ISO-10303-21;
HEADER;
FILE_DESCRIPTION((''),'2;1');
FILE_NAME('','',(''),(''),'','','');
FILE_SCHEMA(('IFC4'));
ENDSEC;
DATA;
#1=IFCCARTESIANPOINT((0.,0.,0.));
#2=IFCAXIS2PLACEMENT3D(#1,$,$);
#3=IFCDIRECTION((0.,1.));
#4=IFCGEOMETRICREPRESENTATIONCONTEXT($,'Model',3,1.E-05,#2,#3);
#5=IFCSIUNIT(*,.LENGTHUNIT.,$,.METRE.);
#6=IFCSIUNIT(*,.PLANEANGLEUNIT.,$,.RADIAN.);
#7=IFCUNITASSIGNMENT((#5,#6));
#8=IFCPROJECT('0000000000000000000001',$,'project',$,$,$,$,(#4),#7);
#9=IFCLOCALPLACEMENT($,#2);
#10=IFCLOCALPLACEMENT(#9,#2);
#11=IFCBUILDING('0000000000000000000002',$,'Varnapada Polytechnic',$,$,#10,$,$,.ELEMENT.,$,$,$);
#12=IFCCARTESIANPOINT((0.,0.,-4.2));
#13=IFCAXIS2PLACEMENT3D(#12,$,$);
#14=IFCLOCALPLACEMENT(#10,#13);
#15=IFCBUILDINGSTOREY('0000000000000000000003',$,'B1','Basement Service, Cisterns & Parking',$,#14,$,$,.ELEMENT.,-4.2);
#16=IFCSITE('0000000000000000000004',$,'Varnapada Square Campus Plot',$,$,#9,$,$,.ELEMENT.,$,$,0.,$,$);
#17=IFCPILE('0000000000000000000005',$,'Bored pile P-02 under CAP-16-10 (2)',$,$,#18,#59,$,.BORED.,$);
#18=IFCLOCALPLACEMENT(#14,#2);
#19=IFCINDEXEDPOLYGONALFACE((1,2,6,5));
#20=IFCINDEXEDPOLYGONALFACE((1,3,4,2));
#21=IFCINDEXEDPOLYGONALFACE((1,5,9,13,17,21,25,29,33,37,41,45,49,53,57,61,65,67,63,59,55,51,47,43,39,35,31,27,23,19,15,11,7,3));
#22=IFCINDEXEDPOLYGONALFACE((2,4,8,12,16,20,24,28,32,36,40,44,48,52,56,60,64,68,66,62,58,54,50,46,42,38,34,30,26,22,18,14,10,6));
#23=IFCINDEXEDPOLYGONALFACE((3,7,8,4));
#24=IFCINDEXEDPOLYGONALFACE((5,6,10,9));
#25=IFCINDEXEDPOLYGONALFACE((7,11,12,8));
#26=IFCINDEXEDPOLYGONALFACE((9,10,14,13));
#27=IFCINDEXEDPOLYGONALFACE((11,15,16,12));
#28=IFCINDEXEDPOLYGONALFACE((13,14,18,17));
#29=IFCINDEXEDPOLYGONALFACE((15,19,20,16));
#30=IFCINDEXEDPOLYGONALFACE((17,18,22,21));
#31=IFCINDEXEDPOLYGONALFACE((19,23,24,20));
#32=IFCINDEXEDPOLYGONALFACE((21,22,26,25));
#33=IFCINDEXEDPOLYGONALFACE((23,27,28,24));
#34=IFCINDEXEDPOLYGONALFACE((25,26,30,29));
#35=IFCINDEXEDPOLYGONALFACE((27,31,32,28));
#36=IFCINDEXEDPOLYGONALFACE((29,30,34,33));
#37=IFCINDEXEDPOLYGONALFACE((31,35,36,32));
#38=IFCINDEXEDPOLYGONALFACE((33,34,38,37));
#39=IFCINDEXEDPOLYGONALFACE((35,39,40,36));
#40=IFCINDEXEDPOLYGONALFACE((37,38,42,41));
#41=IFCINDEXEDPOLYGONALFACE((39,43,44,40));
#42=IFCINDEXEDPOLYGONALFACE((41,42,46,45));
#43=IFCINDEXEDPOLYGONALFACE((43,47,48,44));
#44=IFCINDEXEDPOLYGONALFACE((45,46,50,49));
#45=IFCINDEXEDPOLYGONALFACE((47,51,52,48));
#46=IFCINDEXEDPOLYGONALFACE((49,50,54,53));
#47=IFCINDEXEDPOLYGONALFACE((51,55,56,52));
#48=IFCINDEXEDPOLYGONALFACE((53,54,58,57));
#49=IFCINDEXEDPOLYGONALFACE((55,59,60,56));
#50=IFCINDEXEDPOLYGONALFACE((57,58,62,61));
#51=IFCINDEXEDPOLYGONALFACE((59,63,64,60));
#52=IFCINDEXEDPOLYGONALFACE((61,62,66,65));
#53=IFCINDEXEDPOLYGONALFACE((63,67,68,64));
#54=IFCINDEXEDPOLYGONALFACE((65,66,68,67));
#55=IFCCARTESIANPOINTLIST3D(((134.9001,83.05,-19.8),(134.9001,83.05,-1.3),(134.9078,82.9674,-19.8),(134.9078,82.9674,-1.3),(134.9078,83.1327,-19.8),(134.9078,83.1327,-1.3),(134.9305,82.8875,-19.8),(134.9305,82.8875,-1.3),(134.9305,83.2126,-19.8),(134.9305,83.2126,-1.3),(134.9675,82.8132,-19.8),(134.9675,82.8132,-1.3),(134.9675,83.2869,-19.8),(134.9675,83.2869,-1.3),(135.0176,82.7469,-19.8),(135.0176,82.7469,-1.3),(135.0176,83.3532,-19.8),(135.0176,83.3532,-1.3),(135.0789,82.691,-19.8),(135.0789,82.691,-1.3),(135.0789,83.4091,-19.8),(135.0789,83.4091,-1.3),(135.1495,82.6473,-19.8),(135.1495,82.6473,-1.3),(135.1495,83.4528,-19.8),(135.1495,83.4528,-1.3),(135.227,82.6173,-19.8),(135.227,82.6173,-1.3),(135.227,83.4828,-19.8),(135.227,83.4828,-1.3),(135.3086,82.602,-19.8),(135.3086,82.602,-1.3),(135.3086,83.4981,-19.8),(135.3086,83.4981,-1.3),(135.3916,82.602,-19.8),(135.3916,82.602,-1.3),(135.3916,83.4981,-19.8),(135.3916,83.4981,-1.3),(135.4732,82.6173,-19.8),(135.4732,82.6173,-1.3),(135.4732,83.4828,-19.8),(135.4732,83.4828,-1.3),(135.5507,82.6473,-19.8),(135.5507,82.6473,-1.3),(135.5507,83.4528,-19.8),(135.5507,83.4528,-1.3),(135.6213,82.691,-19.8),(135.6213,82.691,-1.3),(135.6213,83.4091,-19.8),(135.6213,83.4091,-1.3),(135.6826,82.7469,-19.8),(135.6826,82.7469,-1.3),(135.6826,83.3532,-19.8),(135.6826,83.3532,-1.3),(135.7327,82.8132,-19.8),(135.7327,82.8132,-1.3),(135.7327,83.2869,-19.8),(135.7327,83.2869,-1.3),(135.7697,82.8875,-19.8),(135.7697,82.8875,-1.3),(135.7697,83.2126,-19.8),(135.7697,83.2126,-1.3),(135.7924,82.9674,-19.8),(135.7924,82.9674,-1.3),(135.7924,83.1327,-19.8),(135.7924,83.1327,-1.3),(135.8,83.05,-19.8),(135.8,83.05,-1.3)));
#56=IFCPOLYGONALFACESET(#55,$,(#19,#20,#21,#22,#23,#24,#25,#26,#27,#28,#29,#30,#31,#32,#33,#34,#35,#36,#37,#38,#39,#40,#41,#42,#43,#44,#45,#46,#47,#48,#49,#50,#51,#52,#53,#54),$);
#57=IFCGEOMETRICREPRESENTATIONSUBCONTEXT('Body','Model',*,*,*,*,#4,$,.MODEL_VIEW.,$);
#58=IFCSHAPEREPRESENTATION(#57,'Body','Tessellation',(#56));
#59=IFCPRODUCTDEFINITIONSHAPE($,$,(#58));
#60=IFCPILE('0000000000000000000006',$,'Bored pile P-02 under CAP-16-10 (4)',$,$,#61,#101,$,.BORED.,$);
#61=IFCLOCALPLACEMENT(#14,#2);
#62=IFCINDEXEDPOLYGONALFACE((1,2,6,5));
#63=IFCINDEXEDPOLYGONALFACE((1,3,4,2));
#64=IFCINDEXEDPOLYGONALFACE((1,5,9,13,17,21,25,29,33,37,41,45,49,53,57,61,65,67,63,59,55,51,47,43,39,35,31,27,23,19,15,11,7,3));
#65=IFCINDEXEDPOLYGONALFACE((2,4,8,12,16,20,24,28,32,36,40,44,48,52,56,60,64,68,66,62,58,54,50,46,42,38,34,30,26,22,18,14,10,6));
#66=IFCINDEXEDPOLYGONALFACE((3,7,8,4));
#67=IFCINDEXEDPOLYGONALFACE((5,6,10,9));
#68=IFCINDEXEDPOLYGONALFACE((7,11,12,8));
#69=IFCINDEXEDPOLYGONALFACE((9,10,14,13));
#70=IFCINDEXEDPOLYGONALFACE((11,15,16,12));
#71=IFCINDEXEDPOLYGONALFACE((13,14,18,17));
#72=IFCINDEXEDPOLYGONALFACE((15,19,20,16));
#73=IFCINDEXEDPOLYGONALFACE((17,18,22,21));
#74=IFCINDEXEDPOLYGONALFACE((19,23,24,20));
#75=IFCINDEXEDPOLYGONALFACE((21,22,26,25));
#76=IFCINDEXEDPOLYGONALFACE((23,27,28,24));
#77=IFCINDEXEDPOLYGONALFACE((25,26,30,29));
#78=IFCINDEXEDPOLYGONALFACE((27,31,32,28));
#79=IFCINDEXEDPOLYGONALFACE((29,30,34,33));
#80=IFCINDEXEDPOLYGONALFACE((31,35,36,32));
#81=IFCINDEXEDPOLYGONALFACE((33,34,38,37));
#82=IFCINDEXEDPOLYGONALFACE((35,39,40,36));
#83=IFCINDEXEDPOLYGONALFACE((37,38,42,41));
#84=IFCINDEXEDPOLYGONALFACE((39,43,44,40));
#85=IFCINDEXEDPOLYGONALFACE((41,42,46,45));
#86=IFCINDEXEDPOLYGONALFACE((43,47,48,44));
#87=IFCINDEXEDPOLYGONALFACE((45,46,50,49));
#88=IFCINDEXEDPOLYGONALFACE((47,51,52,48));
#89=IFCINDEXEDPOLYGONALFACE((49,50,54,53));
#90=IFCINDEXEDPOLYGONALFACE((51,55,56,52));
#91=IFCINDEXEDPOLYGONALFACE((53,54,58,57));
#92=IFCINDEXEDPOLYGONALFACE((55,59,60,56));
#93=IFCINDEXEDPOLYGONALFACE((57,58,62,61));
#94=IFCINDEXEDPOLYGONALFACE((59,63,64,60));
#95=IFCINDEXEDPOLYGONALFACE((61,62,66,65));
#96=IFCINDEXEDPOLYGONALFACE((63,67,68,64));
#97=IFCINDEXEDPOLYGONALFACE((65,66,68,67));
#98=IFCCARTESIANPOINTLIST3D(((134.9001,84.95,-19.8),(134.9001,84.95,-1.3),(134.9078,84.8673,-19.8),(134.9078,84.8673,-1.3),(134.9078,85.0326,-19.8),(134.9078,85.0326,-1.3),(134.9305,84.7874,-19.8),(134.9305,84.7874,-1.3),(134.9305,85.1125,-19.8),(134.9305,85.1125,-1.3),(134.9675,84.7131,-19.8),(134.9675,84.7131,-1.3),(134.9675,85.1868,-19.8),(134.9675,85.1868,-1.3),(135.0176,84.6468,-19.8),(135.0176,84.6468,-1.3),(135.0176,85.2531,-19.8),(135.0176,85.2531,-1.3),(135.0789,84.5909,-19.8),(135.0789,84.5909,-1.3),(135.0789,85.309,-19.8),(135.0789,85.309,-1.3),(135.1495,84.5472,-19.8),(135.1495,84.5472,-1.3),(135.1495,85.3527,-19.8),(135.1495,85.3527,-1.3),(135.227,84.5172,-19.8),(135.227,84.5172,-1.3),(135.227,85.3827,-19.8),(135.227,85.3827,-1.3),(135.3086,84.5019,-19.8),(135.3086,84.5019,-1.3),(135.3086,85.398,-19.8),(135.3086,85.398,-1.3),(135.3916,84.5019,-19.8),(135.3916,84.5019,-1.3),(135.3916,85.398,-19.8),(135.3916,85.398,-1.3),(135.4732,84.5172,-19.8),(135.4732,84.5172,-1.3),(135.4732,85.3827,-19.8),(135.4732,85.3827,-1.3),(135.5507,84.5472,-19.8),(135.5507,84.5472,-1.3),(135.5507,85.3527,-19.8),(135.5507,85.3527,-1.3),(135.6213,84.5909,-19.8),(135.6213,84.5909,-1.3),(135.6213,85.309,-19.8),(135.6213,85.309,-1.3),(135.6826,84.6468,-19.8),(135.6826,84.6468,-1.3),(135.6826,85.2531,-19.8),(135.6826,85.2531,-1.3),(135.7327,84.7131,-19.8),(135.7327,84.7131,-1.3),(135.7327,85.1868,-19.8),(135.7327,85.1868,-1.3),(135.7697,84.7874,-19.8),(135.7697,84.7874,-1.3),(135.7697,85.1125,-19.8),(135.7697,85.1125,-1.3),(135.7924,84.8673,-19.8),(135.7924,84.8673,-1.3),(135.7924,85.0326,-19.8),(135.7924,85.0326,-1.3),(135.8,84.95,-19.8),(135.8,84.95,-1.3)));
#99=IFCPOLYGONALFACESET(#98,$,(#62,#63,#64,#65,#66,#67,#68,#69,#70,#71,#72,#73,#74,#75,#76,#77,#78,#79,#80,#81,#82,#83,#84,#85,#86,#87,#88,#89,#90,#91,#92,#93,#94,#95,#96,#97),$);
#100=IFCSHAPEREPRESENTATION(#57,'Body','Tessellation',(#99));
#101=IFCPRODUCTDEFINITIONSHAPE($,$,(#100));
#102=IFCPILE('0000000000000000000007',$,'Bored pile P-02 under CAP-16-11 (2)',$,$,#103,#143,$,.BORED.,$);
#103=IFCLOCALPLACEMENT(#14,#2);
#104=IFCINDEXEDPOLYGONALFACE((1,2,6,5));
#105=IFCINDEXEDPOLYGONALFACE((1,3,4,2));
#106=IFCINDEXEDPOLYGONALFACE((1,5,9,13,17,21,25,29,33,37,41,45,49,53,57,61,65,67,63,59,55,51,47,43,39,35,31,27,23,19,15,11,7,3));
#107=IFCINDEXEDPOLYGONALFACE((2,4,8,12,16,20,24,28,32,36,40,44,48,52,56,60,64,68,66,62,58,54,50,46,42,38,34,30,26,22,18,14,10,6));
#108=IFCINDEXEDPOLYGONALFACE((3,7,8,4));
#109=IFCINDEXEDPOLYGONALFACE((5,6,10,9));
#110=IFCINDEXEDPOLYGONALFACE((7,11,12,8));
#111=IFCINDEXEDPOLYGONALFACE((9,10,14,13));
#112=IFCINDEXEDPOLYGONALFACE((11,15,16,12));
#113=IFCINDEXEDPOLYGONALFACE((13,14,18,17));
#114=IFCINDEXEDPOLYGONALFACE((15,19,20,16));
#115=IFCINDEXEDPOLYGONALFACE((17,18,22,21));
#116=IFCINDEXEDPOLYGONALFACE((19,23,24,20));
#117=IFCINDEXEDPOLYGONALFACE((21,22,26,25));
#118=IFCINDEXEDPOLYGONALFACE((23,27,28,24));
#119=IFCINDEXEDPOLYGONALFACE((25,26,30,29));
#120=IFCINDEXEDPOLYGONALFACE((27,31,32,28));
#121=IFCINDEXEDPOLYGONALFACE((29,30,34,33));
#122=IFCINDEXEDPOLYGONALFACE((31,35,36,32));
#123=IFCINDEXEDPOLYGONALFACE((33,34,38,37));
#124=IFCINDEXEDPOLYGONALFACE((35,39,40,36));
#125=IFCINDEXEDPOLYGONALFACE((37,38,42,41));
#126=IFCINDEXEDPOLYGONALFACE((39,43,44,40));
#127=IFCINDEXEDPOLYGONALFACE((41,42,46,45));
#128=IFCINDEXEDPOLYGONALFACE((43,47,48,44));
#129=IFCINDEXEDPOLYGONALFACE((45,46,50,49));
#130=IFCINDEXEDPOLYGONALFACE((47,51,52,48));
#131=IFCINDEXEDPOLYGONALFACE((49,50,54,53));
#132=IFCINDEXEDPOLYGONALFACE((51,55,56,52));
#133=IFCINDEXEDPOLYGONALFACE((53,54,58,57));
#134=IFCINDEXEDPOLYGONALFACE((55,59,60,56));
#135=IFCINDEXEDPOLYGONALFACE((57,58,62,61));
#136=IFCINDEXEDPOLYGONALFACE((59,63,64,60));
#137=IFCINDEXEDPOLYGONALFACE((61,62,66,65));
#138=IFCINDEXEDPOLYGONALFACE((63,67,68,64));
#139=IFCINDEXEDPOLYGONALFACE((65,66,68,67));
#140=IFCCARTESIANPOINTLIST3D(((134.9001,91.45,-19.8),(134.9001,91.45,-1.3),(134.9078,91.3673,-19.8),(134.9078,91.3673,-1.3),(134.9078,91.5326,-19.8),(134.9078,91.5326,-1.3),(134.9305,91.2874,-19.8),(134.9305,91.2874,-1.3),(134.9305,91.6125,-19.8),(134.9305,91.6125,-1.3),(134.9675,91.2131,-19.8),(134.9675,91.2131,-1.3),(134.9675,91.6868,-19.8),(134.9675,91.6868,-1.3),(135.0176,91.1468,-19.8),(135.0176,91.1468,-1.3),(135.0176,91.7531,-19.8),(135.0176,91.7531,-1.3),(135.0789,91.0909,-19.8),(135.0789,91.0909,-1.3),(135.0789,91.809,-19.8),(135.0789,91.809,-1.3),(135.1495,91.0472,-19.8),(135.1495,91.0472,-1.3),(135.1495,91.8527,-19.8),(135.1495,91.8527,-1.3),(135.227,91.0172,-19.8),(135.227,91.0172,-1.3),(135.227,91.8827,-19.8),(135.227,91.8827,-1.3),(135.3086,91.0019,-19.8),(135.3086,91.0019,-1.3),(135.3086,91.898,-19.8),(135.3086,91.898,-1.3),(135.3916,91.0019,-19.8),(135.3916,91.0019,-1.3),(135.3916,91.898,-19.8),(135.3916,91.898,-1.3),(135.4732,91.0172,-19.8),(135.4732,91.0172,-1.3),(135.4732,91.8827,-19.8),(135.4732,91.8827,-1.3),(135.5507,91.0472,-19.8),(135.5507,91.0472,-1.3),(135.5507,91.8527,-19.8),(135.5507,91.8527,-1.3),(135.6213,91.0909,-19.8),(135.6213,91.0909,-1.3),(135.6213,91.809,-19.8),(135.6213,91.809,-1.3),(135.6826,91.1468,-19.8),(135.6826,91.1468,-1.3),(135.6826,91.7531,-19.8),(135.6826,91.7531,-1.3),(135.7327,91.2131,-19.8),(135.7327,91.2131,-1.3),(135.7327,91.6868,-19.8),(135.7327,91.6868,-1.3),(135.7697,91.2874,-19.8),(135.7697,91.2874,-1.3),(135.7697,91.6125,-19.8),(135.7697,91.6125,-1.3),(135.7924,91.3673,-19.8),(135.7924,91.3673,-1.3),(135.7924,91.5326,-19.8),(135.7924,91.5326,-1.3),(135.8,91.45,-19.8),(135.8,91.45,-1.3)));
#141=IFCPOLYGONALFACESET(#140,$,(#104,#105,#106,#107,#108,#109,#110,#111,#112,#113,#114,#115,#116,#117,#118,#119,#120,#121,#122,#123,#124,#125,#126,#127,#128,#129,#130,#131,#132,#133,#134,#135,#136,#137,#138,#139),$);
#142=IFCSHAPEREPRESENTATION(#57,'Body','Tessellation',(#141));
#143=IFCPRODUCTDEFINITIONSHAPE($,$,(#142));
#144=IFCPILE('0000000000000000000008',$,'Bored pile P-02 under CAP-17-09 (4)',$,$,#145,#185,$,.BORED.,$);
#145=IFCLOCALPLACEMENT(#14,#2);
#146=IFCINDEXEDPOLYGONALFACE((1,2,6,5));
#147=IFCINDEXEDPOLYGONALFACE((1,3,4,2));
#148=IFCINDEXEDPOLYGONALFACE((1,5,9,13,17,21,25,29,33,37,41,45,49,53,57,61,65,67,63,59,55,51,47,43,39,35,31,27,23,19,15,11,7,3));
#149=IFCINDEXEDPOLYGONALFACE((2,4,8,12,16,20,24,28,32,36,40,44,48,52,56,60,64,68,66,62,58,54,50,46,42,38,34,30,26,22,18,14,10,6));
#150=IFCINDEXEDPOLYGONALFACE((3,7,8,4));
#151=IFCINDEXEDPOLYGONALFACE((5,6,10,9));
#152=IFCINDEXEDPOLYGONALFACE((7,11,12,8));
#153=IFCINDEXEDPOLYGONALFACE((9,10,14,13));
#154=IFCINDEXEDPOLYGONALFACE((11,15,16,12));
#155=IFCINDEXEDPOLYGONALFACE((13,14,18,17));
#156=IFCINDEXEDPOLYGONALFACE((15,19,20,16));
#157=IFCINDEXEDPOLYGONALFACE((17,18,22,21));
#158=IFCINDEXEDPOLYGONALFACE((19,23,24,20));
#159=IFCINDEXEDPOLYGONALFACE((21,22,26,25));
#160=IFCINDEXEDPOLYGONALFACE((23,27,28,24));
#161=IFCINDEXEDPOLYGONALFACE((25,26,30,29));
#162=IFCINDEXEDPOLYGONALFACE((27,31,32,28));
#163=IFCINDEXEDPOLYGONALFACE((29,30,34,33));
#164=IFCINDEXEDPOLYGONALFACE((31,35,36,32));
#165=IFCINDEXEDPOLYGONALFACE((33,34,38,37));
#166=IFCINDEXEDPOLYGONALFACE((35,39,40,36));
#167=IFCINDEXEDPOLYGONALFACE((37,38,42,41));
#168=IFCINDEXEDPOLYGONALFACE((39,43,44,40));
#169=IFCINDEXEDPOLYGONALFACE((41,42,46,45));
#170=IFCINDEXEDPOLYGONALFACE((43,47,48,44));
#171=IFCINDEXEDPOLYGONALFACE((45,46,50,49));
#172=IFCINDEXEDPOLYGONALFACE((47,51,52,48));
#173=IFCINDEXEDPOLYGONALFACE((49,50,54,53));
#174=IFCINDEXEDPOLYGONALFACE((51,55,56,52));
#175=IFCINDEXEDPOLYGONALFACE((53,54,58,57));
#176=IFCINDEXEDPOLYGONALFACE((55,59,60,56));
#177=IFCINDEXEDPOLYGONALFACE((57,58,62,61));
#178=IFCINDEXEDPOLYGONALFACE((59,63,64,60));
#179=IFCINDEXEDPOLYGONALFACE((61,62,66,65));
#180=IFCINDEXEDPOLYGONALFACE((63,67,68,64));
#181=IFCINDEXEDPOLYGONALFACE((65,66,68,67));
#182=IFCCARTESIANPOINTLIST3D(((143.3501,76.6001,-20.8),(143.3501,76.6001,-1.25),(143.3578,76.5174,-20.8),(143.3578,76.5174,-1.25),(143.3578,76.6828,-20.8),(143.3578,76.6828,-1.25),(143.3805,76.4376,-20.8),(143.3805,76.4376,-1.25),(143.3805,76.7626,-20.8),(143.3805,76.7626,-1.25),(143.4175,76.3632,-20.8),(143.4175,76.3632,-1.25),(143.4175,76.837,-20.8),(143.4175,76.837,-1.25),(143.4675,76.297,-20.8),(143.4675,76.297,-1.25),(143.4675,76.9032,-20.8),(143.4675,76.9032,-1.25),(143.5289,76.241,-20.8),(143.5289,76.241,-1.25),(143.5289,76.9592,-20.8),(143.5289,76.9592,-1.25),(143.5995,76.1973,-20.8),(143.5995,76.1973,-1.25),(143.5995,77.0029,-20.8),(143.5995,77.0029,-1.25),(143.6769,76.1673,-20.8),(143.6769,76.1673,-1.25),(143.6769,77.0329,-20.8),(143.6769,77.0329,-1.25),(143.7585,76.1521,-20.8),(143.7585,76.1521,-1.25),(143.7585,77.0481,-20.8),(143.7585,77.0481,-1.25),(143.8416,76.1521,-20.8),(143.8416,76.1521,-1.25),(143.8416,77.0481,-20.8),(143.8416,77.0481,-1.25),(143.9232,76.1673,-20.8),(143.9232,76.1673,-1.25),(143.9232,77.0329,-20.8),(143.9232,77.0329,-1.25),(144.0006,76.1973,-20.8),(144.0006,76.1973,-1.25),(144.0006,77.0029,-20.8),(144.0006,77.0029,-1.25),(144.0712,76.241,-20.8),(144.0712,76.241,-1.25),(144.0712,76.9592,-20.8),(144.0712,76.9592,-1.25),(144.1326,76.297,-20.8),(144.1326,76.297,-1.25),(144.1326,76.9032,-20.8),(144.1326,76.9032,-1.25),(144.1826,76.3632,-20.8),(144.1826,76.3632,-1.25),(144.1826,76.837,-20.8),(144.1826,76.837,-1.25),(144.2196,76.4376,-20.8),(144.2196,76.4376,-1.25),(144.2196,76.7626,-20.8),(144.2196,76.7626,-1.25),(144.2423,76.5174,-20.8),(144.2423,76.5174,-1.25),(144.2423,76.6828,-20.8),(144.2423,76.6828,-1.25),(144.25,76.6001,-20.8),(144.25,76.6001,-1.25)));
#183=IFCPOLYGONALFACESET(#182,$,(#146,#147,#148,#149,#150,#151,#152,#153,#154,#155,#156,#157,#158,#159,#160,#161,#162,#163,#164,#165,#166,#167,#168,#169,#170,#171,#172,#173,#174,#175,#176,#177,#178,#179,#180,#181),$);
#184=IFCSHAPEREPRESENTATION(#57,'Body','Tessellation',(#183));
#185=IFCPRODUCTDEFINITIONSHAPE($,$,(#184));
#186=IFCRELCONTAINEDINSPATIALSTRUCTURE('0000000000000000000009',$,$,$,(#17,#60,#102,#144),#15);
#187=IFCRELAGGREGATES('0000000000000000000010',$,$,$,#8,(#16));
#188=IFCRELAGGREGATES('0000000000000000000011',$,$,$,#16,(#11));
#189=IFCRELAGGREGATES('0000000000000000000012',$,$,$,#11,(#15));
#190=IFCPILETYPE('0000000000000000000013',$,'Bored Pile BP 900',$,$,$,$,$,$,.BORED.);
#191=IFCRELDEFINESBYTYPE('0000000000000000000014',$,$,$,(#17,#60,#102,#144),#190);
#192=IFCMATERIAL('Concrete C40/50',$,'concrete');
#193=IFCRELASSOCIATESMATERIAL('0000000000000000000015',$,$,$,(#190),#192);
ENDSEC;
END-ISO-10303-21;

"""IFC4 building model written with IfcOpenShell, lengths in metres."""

from ifc_helpers import new_model, si_unit, direction, frame, origin, origin_2d, place, context, subcontext, project, spatial, circle, extrude, material, material_profile, profile_set, type_object, element, save


model = new_model("IFC4")

# Units and contexts
model_context = context("Model", 3, precision=1e-05, world=origin(), true_north=direction((0.0, 1.0)))
body_context = subcontext(model_context, "Body", "Model", "MODEL_VIEW")
ifc_project = project(units=[si_unit("LENGTHUNIT", "METRE"), si_unit("PLANEANGLEUNIT", "RADIAN")], contexts=[model_context])

# Site, building, storey
site_placement = place(None, origin())
site = spatial("IfcSite", under=ifc_project, at=site_placement, Name="Varnapada Square Campus Plot", CompositionType="ELEMENT", RefElevation=0.0)
building_placement = place(site_placement, origin())
building = spatial("IfcBuilding", under=site, at=building_placement, Name="Varnapada Polytechnic", CompositionType="ELEMENT")
storey_placement = place(building_placement, frame((0.0, 0.0, -4.2)))
storey = spatial("IfcBuildingStorey", under=building, at=storey_placement, Name="B1", Description="Basement Service, Cisterns & Parking", CompositionType="ELEMENT", Elevation=-4.2)

# Piles
ifc_material_1 = material(Name="Concrete C40/50", Category="concrete")
ifc_material_profile_1 = material_profile(ifc_material_1, circle(Radius=0.45, at=origin_2d()), Name="BP 900")
ifc_profile_set_1 = profile_set([ifc_material_profile_1], Name="Concrete C40/50")
pile_type = type_object("IfcPileType", Name="Bored Pile BP 900", PredefinedType="BORED", material=ifc_profile_set_1)
for number, where, z_axis, x_axis, name in (
    (1, (135.3501, 83.05, -1.3), (0.0, 0.0, -1.0), (1.0, 0.0, 0.0), "Bored pile P-02 under CAP-16-10 (2)"),
    (2, (135.3501, 84.95, -1.3), (0.0, 0.0, -1.0), (1.0, 0.0, 0.0), "Bored pile P-02 under CAP-16-10 (4)"),
    (3, (135.3501, 91.45, -1.3), (0.0, 0.0, -1.0), (1.0, 0.0, 0.0), "Bored pile P-02 under CAP-16-11 (2)"),
):
    element("IfcPile", number, at=place(storey_placement, frame(where, z_axis=z_axis, x_axis=x_axis)), inside=storey, type_object=pile_type, Name=name, PredefinedType="BORED", context=body_context, shape_type="SweptSolid", body=[
        extrude(circle(Radius=0.45, at=origin_2d()), origin(), (0.0, 0.0, 1.0), 18.5),
    ])
for number, where, z_axis, x_axis, name in (
    (4, (143.8, 76.6001, -1.25), (0.0, 0.0, -1.0), (1.0, 0.0, 0.0), "Bored pile P-02 under CAP-17-09 (4)"),
):
    element("IfcPile", number, at=place(storey_placement, frame(where, z_axis=z_axis, x_axis=x_axis)), inside=storey, type_object=pile_type, Name=name, PredefinedType="BORED", context=body_context, shape_type="SweptSolid", body=[
        extrude(circle(Radius=0.45, at=origin_2d()), origin(), (0.0, 0.0, 1.0), 19.55),
    ])

save(model, "model.ifc")
